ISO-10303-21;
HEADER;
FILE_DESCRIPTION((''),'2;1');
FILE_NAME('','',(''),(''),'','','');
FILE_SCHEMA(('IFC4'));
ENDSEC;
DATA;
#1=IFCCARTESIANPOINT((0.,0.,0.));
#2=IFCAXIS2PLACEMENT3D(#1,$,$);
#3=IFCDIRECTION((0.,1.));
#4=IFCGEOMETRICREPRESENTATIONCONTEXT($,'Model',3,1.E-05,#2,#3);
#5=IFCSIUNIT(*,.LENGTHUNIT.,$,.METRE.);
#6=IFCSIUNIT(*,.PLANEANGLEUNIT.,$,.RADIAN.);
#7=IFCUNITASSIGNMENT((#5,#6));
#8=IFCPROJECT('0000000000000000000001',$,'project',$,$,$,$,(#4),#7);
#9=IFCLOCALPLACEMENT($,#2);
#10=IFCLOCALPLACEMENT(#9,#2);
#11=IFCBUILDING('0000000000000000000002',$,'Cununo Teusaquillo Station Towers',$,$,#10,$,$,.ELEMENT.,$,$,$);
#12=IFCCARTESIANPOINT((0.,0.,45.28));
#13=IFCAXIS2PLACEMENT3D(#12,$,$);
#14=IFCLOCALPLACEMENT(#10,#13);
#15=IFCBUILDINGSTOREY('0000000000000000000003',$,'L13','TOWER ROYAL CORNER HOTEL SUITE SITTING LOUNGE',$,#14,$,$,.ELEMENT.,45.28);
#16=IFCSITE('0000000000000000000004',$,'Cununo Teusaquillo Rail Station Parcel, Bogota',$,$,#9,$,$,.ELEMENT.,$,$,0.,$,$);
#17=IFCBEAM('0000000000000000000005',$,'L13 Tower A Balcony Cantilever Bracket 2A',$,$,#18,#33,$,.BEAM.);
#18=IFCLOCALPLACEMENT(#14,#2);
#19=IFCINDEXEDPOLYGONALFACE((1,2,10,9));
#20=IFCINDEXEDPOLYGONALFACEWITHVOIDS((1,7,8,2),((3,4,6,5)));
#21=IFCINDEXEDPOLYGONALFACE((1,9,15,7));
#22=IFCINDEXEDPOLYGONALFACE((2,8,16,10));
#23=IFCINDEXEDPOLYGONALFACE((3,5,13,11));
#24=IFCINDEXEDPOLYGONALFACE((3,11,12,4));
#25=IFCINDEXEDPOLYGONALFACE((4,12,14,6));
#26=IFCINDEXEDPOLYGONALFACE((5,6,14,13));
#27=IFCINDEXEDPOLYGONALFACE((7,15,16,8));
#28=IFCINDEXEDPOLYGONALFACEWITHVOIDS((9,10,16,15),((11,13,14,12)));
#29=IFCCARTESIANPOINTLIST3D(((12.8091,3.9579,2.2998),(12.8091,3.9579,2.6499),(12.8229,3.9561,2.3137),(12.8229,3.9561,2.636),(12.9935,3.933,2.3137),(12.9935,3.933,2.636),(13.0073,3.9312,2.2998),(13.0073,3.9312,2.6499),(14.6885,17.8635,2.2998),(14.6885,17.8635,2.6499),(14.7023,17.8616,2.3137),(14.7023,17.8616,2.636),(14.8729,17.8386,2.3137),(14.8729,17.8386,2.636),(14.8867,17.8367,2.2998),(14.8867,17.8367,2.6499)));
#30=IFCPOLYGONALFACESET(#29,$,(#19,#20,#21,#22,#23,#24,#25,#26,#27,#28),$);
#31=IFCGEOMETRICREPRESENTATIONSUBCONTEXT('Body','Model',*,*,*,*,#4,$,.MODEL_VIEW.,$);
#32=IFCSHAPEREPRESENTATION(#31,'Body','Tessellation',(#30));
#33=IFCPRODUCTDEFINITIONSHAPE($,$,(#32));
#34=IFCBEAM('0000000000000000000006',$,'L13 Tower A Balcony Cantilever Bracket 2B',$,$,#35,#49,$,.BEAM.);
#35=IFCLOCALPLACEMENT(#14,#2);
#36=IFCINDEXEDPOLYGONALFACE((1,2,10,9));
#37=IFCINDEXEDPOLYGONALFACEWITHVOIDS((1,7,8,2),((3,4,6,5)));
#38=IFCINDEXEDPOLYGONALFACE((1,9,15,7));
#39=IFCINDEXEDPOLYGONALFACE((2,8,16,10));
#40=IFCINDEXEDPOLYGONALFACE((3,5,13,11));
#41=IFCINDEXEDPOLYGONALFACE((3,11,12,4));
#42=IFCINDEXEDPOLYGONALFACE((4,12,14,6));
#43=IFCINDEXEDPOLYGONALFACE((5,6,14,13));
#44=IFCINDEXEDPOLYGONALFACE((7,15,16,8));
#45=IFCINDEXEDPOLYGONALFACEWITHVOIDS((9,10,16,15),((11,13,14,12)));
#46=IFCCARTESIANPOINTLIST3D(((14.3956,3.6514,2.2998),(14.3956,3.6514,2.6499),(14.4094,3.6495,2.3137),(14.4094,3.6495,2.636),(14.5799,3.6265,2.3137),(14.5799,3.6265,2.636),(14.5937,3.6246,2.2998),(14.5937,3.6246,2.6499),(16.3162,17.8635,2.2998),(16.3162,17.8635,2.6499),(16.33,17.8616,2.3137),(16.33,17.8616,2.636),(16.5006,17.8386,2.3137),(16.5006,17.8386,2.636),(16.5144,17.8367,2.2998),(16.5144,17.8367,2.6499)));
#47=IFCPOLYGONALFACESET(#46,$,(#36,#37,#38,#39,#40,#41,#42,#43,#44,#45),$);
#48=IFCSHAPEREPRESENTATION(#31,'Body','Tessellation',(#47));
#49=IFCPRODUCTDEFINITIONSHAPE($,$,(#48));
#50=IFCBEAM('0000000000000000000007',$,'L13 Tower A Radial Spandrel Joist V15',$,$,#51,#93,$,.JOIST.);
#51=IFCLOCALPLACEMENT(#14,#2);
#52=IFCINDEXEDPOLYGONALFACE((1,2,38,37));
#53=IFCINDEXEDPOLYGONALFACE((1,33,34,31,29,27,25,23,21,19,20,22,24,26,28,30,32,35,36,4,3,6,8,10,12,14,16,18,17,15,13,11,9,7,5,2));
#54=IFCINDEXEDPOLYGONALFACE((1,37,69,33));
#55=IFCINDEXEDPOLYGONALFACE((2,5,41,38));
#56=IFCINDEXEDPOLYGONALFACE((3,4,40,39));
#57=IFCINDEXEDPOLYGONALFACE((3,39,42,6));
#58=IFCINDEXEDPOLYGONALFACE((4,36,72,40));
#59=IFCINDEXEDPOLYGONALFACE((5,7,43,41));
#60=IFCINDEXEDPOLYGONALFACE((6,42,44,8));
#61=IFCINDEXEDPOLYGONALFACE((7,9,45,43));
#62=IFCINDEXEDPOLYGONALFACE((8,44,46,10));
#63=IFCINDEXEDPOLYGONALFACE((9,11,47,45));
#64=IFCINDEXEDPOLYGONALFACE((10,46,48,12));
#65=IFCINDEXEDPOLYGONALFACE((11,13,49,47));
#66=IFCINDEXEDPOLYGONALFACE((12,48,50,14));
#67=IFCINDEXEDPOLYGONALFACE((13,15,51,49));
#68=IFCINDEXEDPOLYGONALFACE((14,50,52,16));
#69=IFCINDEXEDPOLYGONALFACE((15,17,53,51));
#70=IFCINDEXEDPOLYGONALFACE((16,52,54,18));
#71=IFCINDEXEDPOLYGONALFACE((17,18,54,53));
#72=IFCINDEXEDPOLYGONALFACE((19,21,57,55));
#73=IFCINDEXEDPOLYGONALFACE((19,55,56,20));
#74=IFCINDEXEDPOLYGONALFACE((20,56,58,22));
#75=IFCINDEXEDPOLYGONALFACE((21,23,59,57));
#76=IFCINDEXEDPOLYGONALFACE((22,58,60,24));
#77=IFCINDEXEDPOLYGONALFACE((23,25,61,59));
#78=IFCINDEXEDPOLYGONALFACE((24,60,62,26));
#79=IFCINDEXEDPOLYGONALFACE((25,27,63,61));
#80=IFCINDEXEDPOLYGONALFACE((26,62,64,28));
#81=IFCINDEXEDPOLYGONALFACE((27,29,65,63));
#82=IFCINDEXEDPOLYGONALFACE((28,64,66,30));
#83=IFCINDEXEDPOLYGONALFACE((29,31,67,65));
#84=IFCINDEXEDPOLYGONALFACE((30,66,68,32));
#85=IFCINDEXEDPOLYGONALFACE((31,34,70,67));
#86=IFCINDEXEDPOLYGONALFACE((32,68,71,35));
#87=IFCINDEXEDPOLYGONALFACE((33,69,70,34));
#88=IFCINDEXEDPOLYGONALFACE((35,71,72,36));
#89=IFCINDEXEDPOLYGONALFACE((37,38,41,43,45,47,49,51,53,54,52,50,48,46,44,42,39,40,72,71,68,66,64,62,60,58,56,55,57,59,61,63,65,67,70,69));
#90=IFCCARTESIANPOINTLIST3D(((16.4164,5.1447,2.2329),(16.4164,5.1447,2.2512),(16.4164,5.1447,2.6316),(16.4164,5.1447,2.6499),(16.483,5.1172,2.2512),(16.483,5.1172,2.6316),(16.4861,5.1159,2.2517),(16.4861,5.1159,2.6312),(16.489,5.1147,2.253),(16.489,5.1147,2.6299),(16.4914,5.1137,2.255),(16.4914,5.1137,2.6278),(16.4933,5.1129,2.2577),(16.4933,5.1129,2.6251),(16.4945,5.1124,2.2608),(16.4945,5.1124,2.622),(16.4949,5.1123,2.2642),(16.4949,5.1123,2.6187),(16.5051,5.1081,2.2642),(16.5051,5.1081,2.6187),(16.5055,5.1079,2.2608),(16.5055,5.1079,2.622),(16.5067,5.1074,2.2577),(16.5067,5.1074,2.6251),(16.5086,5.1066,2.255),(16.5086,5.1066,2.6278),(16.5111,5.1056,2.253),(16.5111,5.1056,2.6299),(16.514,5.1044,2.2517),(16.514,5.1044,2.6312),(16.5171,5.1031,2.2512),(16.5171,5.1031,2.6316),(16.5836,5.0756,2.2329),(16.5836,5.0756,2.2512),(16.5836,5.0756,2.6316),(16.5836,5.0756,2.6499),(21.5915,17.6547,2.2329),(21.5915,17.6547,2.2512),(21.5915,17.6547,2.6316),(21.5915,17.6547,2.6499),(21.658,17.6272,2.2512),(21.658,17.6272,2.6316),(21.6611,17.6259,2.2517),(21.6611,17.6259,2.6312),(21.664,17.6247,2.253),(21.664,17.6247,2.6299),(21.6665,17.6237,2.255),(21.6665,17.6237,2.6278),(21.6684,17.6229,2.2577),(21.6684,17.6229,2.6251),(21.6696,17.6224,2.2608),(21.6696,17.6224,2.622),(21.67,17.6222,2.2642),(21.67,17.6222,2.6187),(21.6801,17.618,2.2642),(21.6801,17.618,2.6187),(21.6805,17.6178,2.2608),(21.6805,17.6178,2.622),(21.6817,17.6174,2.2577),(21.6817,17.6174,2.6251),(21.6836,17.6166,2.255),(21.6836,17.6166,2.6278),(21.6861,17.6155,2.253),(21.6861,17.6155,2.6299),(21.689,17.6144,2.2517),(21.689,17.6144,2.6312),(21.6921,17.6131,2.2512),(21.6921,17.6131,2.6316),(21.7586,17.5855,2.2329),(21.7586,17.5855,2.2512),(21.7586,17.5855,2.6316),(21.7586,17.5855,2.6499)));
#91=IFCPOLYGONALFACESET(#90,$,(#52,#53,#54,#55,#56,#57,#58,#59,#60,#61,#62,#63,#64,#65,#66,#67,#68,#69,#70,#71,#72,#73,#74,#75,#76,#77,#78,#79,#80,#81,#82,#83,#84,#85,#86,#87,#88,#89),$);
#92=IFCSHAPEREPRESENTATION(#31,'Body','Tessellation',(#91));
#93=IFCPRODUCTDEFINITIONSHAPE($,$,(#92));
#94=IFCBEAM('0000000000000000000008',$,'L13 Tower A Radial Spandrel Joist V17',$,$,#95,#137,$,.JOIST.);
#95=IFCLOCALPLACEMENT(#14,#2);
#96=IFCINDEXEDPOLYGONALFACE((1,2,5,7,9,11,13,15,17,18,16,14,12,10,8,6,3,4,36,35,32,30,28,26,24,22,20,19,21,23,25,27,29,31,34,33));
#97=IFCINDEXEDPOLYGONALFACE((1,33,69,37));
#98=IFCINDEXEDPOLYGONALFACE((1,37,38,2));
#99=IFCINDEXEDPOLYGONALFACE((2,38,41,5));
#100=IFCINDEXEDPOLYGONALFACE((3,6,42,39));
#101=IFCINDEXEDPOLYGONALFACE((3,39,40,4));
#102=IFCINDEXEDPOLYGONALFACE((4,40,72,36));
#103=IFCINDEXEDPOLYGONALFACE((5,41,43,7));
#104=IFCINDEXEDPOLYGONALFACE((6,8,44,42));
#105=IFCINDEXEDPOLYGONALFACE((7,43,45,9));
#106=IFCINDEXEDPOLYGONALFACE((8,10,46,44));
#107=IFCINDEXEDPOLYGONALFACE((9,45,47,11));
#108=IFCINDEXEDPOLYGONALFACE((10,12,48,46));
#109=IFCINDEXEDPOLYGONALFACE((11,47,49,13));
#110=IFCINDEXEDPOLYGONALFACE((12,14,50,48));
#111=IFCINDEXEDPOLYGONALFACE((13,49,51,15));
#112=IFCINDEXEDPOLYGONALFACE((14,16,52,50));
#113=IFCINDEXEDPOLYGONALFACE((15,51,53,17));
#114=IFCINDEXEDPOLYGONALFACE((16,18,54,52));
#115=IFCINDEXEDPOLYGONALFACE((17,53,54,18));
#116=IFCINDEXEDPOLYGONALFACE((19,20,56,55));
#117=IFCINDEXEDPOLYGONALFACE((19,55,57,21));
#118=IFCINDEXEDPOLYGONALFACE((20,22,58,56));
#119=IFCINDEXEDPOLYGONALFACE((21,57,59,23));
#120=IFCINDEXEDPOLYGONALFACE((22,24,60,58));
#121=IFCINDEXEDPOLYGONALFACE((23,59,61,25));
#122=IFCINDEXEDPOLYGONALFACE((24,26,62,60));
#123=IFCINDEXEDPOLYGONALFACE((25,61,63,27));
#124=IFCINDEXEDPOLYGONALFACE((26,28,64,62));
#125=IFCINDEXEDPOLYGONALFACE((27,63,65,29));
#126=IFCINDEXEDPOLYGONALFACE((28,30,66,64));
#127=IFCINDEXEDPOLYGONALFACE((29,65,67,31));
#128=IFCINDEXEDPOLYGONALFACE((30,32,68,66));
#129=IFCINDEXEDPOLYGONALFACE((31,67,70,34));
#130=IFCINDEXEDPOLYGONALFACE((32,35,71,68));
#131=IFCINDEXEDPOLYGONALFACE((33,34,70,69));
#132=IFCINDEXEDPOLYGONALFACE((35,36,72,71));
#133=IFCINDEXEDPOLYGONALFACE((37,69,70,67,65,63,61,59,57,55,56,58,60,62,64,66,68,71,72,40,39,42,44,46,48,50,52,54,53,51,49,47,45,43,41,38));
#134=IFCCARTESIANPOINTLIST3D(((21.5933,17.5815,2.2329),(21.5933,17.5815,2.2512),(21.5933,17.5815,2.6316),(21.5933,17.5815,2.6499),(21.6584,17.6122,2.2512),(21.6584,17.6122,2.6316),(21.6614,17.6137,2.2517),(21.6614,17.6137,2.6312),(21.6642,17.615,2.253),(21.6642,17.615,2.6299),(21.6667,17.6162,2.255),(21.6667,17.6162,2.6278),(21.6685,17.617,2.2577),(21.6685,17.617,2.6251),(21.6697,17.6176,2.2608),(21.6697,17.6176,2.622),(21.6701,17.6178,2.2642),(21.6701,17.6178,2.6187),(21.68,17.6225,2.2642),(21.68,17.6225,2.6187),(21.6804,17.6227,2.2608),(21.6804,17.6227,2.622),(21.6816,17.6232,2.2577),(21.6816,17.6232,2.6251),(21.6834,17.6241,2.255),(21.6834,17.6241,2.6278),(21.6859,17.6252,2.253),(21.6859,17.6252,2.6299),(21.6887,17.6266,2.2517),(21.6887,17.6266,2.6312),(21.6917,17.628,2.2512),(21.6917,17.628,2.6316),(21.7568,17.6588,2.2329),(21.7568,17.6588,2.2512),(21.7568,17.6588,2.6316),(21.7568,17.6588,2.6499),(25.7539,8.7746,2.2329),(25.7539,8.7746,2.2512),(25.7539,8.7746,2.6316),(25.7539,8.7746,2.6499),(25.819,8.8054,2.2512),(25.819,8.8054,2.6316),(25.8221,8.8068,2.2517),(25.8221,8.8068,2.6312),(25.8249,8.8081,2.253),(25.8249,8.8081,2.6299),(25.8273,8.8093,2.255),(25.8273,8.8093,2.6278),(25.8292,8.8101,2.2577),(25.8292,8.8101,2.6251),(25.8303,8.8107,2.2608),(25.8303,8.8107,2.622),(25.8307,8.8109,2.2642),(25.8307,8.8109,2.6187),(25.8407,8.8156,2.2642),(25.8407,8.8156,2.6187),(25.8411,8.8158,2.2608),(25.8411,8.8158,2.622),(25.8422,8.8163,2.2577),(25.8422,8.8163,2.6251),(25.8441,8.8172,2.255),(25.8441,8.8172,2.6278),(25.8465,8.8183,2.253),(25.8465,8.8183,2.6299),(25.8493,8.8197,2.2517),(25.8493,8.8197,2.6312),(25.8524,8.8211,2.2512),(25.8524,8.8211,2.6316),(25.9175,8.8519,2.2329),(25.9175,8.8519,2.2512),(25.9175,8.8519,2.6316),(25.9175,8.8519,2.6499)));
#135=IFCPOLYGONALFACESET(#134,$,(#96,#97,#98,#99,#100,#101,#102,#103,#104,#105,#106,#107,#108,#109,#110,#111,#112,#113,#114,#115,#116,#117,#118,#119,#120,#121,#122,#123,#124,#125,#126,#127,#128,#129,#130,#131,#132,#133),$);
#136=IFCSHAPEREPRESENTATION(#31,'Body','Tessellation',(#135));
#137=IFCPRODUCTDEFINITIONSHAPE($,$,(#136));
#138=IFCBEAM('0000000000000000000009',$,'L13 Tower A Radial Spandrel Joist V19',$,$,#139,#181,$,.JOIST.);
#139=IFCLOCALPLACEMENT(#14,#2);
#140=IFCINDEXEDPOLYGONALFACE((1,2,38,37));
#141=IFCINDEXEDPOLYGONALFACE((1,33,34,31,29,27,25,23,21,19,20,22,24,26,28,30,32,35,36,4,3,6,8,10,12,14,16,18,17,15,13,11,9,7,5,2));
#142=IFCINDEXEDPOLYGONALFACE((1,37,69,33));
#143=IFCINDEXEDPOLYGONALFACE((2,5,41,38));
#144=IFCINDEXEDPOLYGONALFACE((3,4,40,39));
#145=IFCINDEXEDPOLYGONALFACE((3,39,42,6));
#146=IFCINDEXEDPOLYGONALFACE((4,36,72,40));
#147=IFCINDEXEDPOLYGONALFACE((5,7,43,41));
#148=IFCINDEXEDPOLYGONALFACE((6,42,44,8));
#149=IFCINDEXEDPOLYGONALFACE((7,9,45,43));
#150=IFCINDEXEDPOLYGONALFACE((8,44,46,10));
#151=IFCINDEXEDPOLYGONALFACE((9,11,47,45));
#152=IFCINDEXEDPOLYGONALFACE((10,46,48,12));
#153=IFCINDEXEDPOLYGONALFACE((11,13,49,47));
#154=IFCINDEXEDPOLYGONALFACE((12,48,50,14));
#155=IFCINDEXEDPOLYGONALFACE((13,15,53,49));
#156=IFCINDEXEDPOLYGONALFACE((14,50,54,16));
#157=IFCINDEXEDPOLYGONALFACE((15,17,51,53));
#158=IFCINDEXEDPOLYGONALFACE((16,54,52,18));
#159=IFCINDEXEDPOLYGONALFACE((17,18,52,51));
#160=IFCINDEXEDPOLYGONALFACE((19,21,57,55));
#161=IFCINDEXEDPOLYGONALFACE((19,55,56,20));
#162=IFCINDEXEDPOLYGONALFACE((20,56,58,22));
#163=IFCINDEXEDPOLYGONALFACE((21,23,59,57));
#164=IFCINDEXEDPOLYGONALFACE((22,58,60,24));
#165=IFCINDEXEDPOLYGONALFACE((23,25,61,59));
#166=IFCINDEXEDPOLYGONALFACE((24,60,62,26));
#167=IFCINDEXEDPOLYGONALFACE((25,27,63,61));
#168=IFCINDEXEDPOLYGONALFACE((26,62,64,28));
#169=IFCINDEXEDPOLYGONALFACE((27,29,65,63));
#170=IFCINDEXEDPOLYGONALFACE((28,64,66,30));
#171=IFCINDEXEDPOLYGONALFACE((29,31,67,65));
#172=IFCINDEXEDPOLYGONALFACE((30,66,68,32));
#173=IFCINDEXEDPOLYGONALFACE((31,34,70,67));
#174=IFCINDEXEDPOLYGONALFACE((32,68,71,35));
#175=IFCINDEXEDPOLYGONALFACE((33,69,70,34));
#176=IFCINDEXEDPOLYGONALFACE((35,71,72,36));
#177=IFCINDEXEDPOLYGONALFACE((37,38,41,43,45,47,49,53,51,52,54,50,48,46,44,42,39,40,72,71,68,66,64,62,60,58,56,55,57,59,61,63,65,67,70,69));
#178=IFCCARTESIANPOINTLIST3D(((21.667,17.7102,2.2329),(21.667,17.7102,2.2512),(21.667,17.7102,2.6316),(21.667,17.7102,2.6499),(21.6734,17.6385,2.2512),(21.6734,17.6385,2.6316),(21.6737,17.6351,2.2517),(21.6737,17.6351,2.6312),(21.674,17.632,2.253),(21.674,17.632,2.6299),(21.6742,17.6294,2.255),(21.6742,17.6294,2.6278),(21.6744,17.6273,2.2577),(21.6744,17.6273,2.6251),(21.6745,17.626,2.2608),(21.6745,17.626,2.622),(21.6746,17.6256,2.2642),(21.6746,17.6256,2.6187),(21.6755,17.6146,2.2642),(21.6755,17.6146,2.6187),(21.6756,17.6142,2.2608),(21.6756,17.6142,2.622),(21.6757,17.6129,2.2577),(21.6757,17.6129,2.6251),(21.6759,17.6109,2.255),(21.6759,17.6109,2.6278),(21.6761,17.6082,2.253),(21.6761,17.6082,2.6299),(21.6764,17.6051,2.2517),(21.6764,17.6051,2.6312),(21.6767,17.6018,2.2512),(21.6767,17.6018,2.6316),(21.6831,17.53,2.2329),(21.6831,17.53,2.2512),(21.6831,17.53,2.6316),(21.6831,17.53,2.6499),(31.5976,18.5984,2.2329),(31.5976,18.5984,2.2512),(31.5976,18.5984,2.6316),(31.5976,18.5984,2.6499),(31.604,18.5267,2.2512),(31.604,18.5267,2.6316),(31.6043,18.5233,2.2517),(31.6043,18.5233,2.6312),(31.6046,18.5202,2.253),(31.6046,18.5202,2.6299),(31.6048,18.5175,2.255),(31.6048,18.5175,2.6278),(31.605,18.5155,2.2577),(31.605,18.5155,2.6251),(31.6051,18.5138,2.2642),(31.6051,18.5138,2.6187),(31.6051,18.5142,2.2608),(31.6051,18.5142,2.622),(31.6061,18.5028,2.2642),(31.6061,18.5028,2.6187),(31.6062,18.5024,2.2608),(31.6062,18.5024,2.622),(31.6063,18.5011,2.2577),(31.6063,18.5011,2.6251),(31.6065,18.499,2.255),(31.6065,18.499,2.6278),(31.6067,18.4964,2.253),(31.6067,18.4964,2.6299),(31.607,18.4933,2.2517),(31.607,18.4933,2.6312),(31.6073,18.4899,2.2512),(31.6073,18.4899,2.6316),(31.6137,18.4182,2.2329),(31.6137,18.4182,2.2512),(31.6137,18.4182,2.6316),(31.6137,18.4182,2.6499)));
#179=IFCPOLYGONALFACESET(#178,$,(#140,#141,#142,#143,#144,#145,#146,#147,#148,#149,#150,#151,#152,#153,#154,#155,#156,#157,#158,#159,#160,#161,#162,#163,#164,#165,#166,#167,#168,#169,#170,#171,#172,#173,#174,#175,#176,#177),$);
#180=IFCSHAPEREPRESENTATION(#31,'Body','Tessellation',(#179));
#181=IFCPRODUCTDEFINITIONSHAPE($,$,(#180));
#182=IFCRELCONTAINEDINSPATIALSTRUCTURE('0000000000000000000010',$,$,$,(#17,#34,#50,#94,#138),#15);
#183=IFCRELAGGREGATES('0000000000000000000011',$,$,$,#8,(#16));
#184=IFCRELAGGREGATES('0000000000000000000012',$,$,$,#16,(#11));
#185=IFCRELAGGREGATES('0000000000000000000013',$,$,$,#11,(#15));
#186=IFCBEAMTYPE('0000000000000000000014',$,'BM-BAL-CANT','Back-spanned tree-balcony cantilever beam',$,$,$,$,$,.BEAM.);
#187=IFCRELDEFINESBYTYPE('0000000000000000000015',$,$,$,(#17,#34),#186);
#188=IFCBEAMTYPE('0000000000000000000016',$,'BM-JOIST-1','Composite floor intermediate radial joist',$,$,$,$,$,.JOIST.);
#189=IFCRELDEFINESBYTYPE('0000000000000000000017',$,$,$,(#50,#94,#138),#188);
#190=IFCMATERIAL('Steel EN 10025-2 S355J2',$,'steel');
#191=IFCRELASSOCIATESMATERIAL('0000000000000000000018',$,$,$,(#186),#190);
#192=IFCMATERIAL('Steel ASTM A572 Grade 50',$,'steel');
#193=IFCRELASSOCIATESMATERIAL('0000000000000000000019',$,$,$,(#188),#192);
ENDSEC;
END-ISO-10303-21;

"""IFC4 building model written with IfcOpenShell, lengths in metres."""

from ifc_helpers import new_model, si_unit, direction, frame, origin, origin_2d, place, context, subcontext, project, spatial, hollow_rectangle, i_section, extrude, material, material_profile, profile_set, type_object, element, save


model = new_model("IFC4")

# Units and contexts
model_context = context("Model", 3, precision=1e-05, world=origin(), true_north=direction((0.0, 1.0)))
body_context = subcontext(model_context, "Body", "Model", "MODEL_VIEW")
ifc_project = project(units=[si_unit("LENGTHUNIT", "METRE"), si_unit("PLANEANGLEUNIT", "RADIAN")], contexts=[model_context])

# Site, building, storey
site_placement = place(None, origin())
site = spatial("IfcSite", under=ifc_project, at=site_placement, Name="Cununo Teusaquillo Rail Station Parcel, Bogota", CompositionType="ELEMENT", RefElevation=0.0)
building_placement = place(site_placement, origin())
building = spatial("IfcBuilding", under=site, at=building_placement, Name="Cununo Teusaquillo Station Towers", CompositionType="ELEMENT")
storey_placement = place(building_placement, frame((0.0, 0.0, 45.28)))
storey = spatial("IfcBuildingStorey", under=building, at=storey_placement, Name="L13", Description="TOWER ROYAL CORNER HOTEL SUITE SITTING LOUNGE", CompositionType="ELEMENT", Elevation=45.28)

# Beams
ifc_material_1 = material(Name="Steel EN 10025-2 S355J2", Category="steel")
ifc_material_profile_1 = material_profile(ifc_material_1, hollow_rectangle(XDim=0.2, YDim=0.3501, WallThickness=0.0139, at=origin_2d()), Name="RHS 350x200x14")
ifc_profile_set_1 = profile_set([ifc_material_profile_1], Name="Steel EN 10025-2 S355J2")
beam_type_1 = type_object("IfcBeamType", Name="BM-BAL-CANT", Description="Back-spanned tree-balcony cantilever beam", PredefinedType="BEAM", material=ifc_profile_set_1)
beam_1_placement = place(storey_placement, frame((14.7876, 17.8501, 2.4749), z_axis=(-0.133937, -0.99099, 0.0), x_axis=(0.99099, -0.133937, 0.0)))
element("IfcBeam", 1, at=beam_1_placement, inside=storey, type_object=beam_type_1, Name="L13 Tower A Balcony Cantilever Bracket 2A", PredefinedType="BEAM", context=body_context, shape_type="SweptSolid", body=[
    extrude(hollow_rectangle(XDim=0.2, YDim=0.3501, WallThickness=0.0139, at=origin_2d()), origin(), (0.0, 0.0, 1.0), 14.032),
])
beam_2_placement = place(storey_placement, frame((16.4153, 17.8501, 2.4749), z_axis=(-0.133924, -0.990992, 0.0), x_axis=(0.990992, -0.133924, 0.0)))
element("IfcBeam", 2, at=beam_2_placement, inside=storey, type_object=beam_type_1, Name="L13 Tower A Balcony Cantilever Bracket 2B", PredefinedType="BEAM", context=body_context, shape_type="SweptSolid", body=[
    extrude(hollow_rectangle(XDim=0.2, YDim=0.3501, WallThickness=0.0139, at=origin_2d()), origin(), (0.0, 0.0, 1.0), 14.3413),
])
ifc_material_2 = material(Name="Steel ASTM A572 Grade 50", Category="steel")
ifc_material_profile_2 = material_profile(ifc_material_2, i_section(OverallWidth=0.1809, OverallDepth=0.417, WebThickness=0.011, FlangeThickness=0.0183, FilletRadius=0.0129, at=origin_2d()), Name="W16X57")
ifc_profile_set_2 = profile_set([ifc_material_profile_2], Name="Steel ASTM A572 Grade 50")
beam_type_2 = type_object("IfcBeamType", Name="BM-JOIST-1", Description="Composite floor intermediate radial joist", PredefinedType="JOIST", material=ifc_profile_set_2)
beam_3_placement = place(storey_placement, frame((21.675, 17.6201, 2.4414), z_axis=(-0.382257, -0.924056, 0.0), x_axis=(0.924056, -0.382257, 0.0)))
element("IfcBeam", 3, at=beam_3_placement, inside=storey, type_object=beam_type_2, Name="L13 Tower A Radial Spandrel Joist V15", PredefinedType="JOIST", context=body_context, shape_type="SweptSolid", body=[
    extrude(i_section(OverallWidth=0.1809, OverallDepth=0.417, WebThickness=0.011, FlangeThickness=0.0183, FilletRadius=0.0129, at=origin_2d()), origin(), (0.0, 0.0, 1.0), 13.5381),
])
beam_4_placement = place(storey_placement, frame((21.675, 17.6201, 2.4414), z_axis=(0.427161, -0.904176, 0.0), x_axis=(0.904176, 0.427161, 0.0)))
element("IfcBeam", 4, at=beam_4_placement, inside=storey, type_object=beam_type_2, Name="L13 Tower A Radial Spandrel Joist V17", PredefinedType="JOIST", context=body_context, shape_type="SweptSolid", body=[
    extrude(i_section(OverallWidth=0.1809, OverallDepth=0.417, WebThickness=0.011, FlangeThickness=0.0183, FilletRadius=0.0129, at=origin_2d()), origin(), (0.0, 0.0, 1.0), 9.7402),
])
beam_5_placement = place(storey_placement, frame((21.675, 17.6201, 2.4414), z_axis=(0.996024, 0.089083, 0.0), x_axis=(-0.089083, 0.996024, 0.0)))
element("IfcBeam", 5, at=beam_5_placement, inside=storey, type_object=beam_type_2, Name="L13 Tower A Radial Spandrel Joist V19", PredefinedType="JOIST", context=body_context, shape_type="SweptSolid", body=[
    extrude(i_section(OverallWidth=0.1809, OverallDepth=0.417, WebThickness=0.011, FlangeThickness=0.0183, FilletRadius=0.0129, at=origin_2d()), origin(), (0.0, 0.0, 1.0), 9.9702),
])

save(model, "model.ifc")
